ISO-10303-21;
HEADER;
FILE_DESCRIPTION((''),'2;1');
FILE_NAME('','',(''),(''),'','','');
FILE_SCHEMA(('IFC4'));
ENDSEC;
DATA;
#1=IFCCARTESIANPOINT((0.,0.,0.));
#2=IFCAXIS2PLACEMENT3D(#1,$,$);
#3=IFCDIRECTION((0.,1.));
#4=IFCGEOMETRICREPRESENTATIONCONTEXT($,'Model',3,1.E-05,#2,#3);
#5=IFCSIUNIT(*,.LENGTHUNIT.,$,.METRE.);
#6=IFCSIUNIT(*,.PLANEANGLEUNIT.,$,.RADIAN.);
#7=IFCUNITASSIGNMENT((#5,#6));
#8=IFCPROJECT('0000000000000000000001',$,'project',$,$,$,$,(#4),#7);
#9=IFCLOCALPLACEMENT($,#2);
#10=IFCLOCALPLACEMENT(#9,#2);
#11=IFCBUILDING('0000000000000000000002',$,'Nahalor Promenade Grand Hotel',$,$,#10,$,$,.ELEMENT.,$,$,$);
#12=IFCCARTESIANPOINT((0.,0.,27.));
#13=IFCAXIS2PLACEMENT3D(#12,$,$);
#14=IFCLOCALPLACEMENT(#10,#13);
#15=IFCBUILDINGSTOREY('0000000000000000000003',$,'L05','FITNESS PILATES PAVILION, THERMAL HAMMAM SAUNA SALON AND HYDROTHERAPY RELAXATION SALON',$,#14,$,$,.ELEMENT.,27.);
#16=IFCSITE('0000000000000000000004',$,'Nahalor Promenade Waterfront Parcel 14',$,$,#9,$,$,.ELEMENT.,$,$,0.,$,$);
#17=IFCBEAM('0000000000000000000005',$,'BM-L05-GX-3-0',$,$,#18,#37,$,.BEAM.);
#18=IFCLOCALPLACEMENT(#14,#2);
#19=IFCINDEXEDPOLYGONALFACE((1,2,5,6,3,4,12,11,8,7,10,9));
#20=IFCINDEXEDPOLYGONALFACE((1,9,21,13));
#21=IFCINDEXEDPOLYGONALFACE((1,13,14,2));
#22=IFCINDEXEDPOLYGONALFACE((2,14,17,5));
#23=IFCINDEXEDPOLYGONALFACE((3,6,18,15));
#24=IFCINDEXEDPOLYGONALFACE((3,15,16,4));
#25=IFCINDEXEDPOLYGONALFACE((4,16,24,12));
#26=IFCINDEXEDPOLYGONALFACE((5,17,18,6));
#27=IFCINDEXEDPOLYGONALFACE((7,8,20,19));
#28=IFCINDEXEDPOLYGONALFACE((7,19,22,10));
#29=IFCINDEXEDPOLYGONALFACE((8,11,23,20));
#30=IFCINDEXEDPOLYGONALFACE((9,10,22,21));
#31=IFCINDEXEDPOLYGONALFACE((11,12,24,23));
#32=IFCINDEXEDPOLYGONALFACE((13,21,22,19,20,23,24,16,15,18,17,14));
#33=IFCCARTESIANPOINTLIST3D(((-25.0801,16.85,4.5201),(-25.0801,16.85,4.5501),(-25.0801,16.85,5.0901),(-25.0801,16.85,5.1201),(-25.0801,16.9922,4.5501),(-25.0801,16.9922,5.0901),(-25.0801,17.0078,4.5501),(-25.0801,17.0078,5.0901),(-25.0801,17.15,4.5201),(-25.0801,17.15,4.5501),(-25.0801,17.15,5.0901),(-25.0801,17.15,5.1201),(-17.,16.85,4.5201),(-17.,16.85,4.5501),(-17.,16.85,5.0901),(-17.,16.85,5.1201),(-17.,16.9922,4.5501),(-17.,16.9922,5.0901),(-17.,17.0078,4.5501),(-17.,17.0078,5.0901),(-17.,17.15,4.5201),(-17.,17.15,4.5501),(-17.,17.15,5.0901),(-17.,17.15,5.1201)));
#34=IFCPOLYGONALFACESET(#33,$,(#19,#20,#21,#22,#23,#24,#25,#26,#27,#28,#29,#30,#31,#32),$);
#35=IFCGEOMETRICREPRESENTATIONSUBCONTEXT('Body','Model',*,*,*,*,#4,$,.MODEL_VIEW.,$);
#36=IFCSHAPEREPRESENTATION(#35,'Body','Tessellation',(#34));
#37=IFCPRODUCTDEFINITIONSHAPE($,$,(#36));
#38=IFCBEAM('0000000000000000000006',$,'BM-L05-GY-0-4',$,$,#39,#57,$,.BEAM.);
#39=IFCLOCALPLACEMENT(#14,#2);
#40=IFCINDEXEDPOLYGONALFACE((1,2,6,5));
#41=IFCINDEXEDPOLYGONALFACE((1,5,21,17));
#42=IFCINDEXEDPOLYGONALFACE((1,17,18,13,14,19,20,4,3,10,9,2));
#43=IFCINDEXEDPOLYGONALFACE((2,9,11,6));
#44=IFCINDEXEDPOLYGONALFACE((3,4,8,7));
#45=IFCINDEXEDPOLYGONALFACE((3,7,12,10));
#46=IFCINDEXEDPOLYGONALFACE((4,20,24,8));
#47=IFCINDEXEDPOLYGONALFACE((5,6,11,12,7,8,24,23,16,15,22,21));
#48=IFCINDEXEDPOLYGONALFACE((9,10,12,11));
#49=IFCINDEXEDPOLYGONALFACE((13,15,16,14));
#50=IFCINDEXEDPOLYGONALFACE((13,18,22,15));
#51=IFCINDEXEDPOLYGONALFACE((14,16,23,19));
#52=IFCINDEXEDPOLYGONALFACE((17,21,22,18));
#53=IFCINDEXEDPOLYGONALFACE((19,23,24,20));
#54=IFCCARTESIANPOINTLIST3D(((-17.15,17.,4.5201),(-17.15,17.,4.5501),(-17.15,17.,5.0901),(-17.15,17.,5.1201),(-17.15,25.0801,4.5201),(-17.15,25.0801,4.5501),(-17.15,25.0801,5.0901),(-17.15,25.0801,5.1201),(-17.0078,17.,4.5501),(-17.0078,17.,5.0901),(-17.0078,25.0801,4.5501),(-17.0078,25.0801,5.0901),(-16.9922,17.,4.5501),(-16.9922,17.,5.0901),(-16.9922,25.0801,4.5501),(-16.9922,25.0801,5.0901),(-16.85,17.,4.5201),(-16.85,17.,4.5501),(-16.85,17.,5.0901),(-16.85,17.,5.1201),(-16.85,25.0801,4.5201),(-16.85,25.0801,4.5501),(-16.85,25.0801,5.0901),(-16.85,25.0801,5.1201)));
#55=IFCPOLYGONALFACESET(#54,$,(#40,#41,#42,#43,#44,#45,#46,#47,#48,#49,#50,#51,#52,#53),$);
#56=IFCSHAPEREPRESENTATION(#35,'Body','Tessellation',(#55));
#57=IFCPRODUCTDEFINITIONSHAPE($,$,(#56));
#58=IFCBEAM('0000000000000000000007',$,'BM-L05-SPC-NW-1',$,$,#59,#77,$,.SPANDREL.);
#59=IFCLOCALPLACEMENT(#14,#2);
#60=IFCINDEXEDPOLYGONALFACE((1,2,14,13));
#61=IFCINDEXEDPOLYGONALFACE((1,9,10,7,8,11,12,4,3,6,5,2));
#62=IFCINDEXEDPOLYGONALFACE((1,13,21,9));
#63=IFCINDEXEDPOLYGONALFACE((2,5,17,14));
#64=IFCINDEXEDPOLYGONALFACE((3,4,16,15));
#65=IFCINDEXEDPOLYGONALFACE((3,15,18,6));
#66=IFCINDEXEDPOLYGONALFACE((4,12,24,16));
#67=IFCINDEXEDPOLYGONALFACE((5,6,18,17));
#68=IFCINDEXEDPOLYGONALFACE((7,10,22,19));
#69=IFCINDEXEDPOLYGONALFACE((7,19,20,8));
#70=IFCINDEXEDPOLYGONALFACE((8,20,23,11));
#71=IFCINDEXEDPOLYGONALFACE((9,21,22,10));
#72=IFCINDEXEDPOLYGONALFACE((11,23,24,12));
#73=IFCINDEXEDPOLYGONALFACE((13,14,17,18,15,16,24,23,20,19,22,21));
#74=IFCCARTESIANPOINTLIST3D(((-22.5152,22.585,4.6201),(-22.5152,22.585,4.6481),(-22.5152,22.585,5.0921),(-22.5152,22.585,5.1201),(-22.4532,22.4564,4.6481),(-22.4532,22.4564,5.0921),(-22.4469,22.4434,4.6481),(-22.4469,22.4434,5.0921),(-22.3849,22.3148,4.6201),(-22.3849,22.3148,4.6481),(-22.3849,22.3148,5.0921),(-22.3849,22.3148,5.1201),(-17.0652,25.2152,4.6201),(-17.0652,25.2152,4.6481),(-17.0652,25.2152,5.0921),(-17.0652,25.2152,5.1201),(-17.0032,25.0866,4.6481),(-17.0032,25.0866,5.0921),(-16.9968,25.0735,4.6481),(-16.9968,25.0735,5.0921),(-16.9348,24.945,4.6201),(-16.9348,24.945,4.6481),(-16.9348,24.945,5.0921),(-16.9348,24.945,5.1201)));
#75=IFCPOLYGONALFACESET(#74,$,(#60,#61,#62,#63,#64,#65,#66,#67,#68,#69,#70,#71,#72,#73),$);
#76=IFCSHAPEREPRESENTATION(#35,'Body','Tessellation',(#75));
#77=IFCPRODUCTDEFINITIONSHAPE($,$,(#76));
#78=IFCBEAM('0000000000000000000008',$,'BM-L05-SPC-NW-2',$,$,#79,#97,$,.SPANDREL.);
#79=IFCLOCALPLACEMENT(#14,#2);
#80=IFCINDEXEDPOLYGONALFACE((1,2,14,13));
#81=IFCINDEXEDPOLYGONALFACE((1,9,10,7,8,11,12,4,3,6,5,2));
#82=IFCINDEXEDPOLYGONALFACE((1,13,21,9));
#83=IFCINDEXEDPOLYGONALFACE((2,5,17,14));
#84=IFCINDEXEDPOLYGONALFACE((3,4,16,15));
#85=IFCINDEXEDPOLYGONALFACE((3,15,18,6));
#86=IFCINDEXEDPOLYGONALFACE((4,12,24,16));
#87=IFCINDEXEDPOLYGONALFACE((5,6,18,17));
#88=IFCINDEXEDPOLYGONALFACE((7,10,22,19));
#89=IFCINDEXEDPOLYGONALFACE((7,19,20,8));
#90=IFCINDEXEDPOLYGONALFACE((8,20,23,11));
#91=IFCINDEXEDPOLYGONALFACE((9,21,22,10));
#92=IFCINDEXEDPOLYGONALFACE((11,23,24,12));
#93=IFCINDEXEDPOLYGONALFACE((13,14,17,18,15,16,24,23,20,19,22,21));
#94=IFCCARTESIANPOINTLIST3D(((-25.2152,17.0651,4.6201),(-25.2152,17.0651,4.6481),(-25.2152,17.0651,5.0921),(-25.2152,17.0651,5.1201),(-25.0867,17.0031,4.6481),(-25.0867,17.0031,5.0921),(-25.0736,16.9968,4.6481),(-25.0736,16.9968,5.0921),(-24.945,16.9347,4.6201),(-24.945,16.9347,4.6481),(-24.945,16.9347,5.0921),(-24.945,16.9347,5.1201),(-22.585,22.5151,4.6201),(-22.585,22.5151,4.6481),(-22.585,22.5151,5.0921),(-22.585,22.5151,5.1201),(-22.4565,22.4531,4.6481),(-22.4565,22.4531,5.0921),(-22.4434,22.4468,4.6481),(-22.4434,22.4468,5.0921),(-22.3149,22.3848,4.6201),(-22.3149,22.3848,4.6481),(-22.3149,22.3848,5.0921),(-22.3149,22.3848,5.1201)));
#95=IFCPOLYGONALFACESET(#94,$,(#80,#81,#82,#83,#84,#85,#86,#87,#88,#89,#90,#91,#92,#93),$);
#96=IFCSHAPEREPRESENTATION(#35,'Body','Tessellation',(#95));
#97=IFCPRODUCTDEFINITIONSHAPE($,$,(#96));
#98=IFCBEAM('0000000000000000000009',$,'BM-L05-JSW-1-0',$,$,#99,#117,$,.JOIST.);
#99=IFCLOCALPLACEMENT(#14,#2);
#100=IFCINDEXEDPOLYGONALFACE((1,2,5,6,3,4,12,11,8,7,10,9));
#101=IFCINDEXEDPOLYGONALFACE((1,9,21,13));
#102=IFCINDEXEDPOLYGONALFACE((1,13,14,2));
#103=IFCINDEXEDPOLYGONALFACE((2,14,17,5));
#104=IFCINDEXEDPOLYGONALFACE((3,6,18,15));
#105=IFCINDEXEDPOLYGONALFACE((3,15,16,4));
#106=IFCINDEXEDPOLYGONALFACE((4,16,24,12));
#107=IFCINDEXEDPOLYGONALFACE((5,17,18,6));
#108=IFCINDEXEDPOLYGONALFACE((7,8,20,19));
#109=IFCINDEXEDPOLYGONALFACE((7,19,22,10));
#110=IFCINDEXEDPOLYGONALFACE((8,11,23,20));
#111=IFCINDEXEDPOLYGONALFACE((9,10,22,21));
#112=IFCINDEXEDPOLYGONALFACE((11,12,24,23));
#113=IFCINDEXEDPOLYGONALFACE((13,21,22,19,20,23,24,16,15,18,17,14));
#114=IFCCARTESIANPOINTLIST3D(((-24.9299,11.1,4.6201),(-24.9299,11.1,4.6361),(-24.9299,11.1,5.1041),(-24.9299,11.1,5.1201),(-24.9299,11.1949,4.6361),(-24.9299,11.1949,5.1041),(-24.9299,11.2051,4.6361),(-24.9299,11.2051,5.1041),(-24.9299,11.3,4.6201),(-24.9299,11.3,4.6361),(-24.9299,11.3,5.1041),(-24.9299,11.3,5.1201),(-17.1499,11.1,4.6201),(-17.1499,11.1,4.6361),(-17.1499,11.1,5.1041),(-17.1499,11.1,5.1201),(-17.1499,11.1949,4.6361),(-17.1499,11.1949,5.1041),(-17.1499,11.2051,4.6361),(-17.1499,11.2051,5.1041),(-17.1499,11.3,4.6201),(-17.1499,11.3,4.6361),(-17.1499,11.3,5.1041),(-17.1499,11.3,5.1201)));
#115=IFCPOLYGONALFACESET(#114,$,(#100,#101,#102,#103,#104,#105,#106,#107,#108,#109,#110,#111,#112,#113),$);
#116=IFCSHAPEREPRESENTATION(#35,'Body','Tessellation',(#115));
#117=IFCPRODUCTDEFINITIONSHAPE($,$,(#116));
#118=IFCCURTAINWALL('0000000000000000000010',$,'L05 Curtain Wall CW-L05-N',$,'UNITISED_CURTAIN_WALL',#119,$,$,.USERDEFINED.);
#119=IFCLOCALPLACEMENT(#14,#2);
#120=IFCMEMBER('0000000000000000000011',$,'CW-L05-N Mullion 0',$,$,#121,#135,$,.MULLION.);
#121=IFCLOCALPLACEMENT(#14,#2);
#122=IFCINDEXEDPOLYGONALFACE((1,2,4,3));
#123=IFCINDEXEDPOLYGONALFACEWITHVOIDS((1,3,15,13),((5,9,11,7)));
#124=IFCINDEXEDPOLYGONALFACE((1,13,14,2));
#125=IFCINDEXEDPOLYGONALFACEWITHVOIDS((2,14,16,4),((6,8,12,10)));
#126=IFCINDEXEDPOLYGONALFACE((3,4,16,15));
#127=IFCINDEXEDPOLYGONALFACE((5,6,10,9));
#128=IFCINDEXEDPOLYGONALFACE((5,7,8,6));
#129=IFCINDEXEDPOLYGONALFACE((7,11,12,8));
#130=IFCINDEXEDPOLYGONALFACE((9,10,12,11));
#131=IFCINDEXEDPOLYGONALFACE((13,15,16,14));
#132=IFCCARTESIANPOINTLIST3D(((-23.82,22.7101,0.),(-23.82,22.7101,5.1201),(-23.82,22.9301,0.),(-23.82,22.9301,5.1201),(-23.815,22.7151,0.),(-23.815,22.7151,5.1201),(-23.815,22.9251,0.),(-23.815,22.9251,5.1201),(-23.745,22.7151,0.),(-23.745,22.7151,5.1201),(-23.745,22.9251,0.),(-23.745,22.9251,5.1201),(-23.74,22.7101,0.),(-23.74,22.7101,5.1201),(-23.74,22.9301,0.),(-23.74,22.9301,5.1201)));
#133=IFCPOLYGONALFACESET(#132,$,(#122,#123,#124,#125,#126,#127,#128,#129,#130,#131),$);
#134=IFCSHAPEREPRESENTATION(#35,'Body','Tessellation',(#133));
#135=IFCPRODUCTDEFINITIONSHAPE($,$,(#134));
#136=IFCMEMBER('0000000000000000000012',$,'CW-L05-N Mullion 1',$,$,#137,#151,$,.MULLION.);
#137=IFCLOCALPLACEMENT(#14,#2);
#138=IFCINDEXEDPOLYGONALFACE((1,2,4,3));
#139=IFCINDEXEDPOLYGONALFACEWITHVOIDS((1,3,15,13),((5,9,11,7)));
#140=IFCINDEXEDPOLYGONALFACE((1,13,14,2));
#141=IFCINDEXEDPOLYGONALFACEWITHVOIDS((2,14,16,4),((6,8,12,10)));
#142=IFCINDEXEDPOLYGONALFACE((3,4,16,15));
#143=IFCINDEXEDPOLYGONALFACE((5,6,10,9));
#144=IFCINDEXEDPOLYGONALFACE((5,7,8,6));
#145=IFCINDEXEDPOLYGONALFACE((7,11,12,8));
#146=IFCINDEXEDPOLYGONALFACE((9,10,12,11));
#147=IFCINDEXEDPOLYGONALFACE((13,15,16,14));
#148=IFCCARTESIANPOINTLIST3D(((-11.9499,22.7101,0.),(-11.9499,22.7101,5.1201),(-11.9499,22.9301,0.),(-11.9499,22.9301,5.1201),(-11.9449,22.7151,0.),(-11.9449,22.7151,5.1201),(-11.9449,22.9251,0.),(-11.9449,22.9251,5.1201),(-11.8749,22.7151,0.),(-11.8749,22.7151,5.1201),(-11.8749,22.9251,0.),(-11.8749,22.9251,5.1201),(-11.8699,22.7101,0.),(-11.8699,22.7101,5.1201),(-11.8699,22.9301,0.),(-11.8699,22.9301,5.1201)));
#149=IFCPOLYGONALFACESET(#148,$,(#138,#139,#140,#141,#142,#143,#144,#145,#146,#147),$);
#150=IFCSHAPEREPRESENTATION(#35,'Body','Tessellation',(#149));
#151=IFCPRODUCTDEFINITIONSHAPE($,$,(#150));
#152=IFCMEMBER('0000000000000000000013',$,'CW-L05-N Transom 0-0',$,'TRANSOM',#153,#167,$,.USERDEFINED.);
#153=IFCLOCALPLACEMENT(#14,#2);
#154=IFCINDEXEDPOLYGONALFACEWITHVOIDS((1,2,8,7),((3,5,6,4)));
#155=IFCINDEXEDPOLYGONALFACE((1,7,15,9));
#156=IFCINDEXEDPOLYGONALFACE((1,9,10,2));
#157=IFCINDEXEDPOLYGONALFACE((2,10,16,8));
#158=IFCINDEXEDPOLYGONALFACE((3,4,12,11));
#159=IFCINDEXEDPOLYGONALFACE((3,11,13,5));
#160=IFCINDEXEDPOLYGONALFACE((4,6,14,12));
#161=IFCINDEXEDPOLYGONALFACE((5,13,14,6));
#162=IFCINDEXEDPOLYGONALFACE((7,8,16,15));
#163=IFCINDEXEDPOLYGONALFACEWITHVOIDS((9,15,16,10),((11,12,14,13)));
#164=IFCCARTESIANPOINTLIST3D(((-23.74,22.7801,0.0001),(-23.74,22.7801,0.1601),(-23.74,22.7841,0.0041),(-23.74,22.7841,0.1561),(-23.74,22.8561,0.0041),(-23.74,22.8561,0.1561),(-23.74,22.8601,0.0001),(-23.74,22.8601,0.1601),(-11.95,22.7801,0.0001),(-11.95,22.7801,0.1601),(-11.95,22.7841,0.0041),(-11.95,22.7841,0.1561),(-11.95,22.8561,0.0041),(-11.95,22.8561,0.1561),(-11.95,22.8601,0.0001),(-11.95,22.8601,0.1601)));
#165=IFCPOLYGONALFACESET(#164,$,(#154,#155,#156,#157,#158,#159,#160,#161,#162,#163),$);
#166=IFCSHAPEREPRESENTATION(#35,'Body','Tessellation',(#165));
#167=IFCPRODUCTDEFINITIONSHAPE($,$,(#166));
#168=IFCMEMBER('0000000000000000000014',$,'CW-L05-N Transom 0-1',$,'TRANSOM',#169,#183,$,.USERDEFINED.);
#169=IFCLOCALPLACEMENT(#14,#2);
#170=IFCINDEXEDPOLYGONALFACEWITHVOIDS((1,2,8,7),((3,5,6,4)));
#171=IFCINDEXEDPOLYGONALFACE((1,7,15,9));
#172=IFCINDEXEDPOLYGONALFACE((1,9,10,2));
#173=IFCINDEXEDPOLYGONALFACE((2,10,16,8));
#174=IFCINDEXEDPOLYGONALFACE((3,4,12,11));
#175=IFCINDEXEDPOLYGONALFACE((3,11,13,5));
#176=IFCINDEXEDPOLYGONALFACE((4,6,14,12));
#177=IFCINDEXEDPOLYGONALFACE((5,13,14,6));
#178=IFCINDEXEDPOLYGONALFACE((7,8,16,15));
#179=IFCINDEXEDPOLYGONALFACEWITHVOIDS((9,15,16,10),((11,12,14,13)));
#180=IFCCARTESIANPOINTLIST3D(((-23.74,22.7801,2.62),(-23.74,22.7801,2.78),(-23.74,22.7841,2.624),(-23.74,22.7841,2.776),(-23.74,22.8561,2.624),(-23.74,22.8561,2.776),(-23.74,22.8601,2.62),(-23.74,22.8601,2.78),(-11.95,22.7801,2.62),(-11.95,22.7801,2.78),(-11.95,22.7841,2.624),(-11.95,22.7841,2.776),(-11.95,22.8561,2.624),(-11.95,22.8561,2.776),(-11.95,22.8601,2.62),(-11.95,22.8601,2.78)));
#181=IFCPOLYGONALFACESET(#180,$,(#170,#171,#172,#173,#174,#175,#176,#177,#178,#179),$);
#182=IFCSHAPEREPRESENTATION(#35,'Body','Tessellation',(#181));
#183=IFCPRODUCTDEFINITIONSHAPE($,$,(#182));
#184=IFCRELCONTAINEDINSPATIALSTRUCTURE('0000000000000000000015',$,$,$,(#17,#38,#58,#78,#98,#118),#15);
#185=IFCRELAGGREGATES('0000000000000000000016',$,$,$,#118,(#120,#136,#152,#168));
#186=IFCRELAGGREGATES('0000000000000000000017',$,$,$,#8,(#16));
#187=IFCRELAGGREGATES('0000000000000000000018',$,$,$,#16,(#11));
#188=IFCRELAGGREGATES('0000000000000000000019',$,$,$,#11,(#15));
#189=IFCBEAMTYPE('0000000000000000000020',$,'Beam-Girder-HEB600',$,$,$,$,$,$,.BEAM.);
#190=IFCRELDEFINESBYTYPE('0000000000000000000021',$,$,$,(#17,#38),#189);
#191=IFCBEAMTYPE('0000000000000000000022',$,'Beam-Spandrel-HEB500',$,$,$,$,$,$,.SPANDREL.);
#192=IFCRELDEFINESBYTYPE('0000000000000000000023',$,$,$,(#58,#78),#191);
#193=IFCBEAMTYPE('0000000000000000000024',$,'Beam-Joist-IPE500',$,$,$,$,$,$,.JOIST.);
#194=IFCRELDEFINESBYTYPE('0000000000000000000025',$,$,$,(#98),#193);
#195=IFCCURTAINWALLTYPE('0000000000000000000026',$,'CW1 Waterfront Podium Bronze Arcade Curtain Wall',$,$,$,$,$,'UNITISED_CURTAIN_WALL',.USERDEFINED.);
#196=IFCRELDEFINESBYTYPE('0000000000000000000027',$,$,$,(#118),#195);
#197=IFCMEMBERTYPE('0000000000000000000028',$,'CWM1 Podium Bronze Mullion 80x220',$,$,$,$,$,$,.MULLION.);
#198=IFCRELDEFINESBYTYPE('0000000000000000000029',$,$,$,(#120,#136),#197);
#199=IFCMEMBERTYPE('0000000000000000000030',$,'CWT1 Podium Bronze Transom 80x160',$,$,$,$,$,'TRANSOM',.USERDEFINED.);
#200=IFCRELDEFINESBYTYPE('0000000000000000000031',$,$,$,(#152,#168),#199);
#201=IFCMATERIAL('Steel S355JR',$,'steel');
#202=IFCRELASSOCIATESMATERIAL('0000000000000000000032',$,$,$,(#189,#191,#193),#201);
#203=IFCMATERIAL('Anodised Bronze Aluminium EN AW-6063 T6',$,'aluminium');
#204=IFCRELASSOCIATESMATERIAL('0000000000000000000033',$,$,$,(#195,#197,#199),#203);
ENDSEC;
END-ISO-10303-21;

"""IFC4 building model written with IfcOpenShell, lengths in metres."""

from ifc_helpers import new_model, si_unit, direction, frame, origin, origin_2d, place, context, subcontext, project, spatial, hollow_rectangle, i_section, extrude, source, transform, mapped, material, material_profile, profile_set, type_object, element, aggregate, save


model = new_model("IFC4")

# Units and contexts
model_context = context("Model", 3, precision=1e-05, world=origin(), true_north=direction((0.0, 1.0)))
body_context = subcontext(model_context, "Body", "Model", "MODEL_VIEW")
ifc_project = project(units=[si_unit("LENGTHUNIT", "METRE"), si_unit("PLANEANGLEUNIT", "RADIAN")], contexts=[model_context])

# Site, building, storey
site_placement = place(None, origin())
site = spatial("IfcSite", under=ifc_project, at=site_placement, Name="Nahalor Promenade Waterfront Parcel 14", CompositionType="ELEMENT", RefElevation=0.0)
building_placement = place(site_placement, origin())
building = spatial("IfcBuilding", under=site, at=building_placement, Name="Nahalor Promenade Grand Hotel", CompositionType="ELEMENT")
storey_placement = place(building_placement, frame((0.0, 0.0, 27.0)))
storey = spatial("IfcBuildingStorey", under=building, at=storey_placement, Name="L05", Description="FITNESS PILATES PAVILION, THERMAL HAMMAM SAUNA SALON AND HYDROTHERAPY RELAXATION SALON", CompositionType="ELEMENT", Elevation=27.0)

# Beams
ifc_material_1 = material(Name="Steel S355JR", Category="steel")
ifc_material_profile_1 = material_profile(ifc_material_1, i_section(OverallWidth=0.3, OverallDepth=0.6, WebThickness=0.0155, FlangeThickness=0.03, at=origin_2d()), Name="HEB 600")
ifc_profile_set_1 = profile_set([ifc_material_profile_1], Name="Steel S355JR")
beam_type_1 = type_object("IfcBeamType", Name="Beam-Girder-HEB600", PredefinedType="BEAM", material=ifc_profile_set_1)
ifc_material_profile_2 = material_profile(ifc_material_1, i_section(OverallWidth=0.3, OverallDepth=0.5, WebThickness=0.0145, FlangeThickness=0.028, at=origin_2d()), Name="HEB 500")
ifc_profile_set_2 = profile_set([ifc_material_profile_2], Name="Steel S355JR")
beam_type_2 = type_object("IfcBeamType", Name="Beam-Spandrel-HEB500", PredefinedType="SPANDREL", material=ifc_profile_set_2)
ifc_material_profile_3 = material_profile(ifc_material_1, i_section(OverallWidth=0.2, OverallDepth=0.5, WebThickness=0.0102, FlangeThickness=0.016, at=origin_2d()), Name="IPE 500")
ifc_profile_set_3 = profile_set([ifc_material_profile_3], Name="Steel S355JR")
beam_type_3 = type_object("IfcBeamType", Name="Beam-Joist-IPE500", PredefinedType="JOIST", material=ifc_profile_set_3)
shared_shape_1 = source(origin(), body_context, "Body", "SweptSolid", [
    extrude(i_section(OverallWidth=0.3, OverallDepth=0.6, WebThickness=0.0155, FlangeThickness=0.03, at=origin_2d()), origin(), (0.0, 0.0, 1.0), 8.0801),
])
for number, where, z_axis, x_axis, name in (
    (1, (-25.0801, 17.0, 4.8201), (1.0, 0.0, 0.0), (0.0, 1.0, 0.0), "BM-L05-GX-3-0"),
    (2, (-17.0, 17.0, 4.8201), (0.0, 1.0, 0.0), (-1.0, 0.0, 0.0), "BM-L05-GY-0-4"),
):
    element("IfcBeam", number, at=place(storey_placement, frame(where, z_axis=z_axis, x_axis=x_axis)), inside=storey, type_object=beam_type_1, Name=name, PredefinedType="BEAM", context=body_context, shape_type="MappedRepresentation", body=[
        mapped(shared_shape_1, transform((0.0, 0.0, 0.0), scale=1.0)),
    ])
shared_shape_2 = source(origin(), body_context, "Body", "SweptSolid", [
    extrude(i_section(OverallWidth=0.3, OverallDepth=0.5, WebThickness=0.0145, FlangeThickness=0.028, at=origin_2d()), origin(), (0.0, 0.0, 1.0), 6.0515),
])
for number, where, z_axis, x_axis, name in (
    (3, (-17.0, 25.0801, 4.8701), (-0.900609, -0.434631, 0.0), (0.434631, -0.900609, 0.0), "BM-L05-SPC-NW-1"),
    (4, (-22.45, 22.45, 4.8701), (-0.434631, -0.900609, 0.0), (0.900609, -0.434631, 0.0), "BM-L05-SPC-NW-2"),
):
    element("IfcBeam", number, at=place(storey_placement, frame(where, z_axis=z_axis, x_axis=x_axis)), inside=storey, type_object=beam_type_2, Name=name, PredefinedType="SPANDREL", context=body_context, shape_type="MappedRepresentation", body=[
        mapped(shared_shape_2, transform((0.0, 0.0, 0.0), scale=1.0)),
    ])
shared_shape_3 = source(origin(), body_context, "Body", "SweptSolid", [
    extrude(i_section(OverallWidth=0.2, OverallDepth=0.5, WebThickness=0.0102, FlangeThickness=0.016, at=origin_2d()), origin(), (0.0, 0.0, 1.0), 7.78),
])
beam_1_placement = place(storey_placement, frame((-24.9299, 11.2, 4.8701), z_axis=(1.0, 0.0, 0.0), x_axis=(0.0, 1.0, 0.0)))
element("IfcBeam", 5, at=beam_1_placement, inside=storey, type_object=beam_type_3, Name="BM-L05-JSW-1-0", PredefinedType="JOIST", context=body_context, shape_type="MappedRepresentation", body=[
    mapped(shared_shape_3, transform((0.0, 0.0, 0.0), scale=1.0)),
])

# Curtain wall, members
ifc_material_2 = material(Name="Anodised Bronze Aluminium EN AW-6063 T6", Category="aluminium")
curtain_wall_type = type_object("IfcCurtainWallType", Name="CW1 Waterfront Podium Bronze Arcade Curtain Wall", ElementType="UNITISED_CURTAIN_WALL", PredefinedType="USERDEFINED", material=ifc_material_2)
curtain_wall_placement = place(storey_placement, origin())
curtain_wall = element("IfcCurtainWall", 6, at=curtain_wall_placement, inside=storey, type_object=curtain_wall_type, Name="L05 Curtain Wall CW-L05-N", ObjectType="UNITISED_CURTAIN_WALL", PredefinedType="USERDEFINED")
ifc_material_profile_4 = material_profile(ifc_material_2, hollow_rectangle(XDim=0.08, YDim=0.22, WallThickness=0.005, at=origin_2d()), Name="CWM 80x220x5")
ifc_profile_set_4 = profile_set([ifc_material_profile_4], Name="Anodised Bronze Aluminium EN AW-6063 T6")
member_type_1 = type_object("IfcMemberType", Name="CWM1 Podium Bronze Mullion 80x220", PredefinedType="MULLION", material=ifc_profile_set_4)
shared_shape_4 = source(origin(), body_context, "Body", "SweptSolid", [
    extrude(hollow_rectangle(XDim=0.08, YDim=0.22, WallThickness=0.005, at=origin_2d()), origin(), (0.0, 0.0, 1.0), 5.1201),
])
member_1_placement = place(storey_placement, frame((-23.78, 22.8201, 0.0), z_axis=(0.0, 0.0, 1.0), x_axis=(1.0, 0.0, 0.0)))
member_1 = element("IfcMember", 7, at=member_1_placement, type_object=member_type_1, Name="CW-L05-N Mullion 0", PredefinedType="MULLION", context=body_context, shape_type="MappedRepresentation", body=[
    mapped(shared_shape_4, transform((0.0, 0.0, 0.0), scale=1.0)),
])
member_2_placement = place(storey_placement, frame((-11.9099, 22.8201, 0.0), z_axis=(0.0, 0.0, 1.0), x_axis=(1.0, 0.0, 0.0)))
member_2 = element("IfcMember", 8, at=member_2_placement, type_object=member_type_1, Name="CW-L05-N Mullion 1", PredefinedType="MULLION", context=body_context, shape_type="MappedRepresentation", body=[
    mapped(shared_shape_4, transform((0.0, 0.0, 0.0), scale=1.0)),
])
ifc_material_profile_5 = material_profile(ifc_material_2, hollow_rectangle(XDim=0.08, YDim=0.16, WallThickness=0.004, at=origin_2d()), Name="CWT 80x160x4")
ifc_profile_set_5 = profile_set([ifc_material_profile_5], Name="Anodised Bronze Aluminium EN AW-6063 T6")
member_type_2 = type_object("IfcMemberType", Name="CWT1 Podium Bronze Transom 80x160", ElementType="TRANSOM", PredefinedType="USERDEFINED", material=ifc_profile_set_5)
shared_shape_5 = source(origin(), body_context, "Body", "SweptSolid", [
    extrude(hollow_rectangle(XDim=0.08, YDim=0.16, WallThickness=0.004, at=origin_2d()), origin(), (0.0, 0.0, 1.0), 11.79),
])
member_3_placement = place(storey_placement, frame((-23.74, 22.8201, 0.0801), z_axis=(1.0, 0.0, 0.0), x_axis=(0.0, 1.0, 0.0)))
member_3 = element("IfcMember", 9, at=member_3_placement, type_object=member_type_2, Name="CW-L05-N Transom 0-0", ObjectType="TRANSOM", PredefinedType="USERDEFINED", context=body_context, shape_type="MappedRepresentation", body=[
    mapped(shared_shape_5, transform((0.0, 0.0, 0.0), scale=1.0)),
])
member_4_placement = place(storey_placement, frame((-23.74, 22.8201, 2.7), z_axis=(1.0, 0.0, 0.0), x_axis=(0.0, 1.0, 0.0)))
member_4 = element("IfcMember", 10, at=member_4_placement, type_object=member_type_2, Name="CW-L05-N Transom 0-1", ObjectType="TRANSOM", PredefinedType="USERDEFINED", context=body_context, shape_type="MappedRepresentation", body=[
    mapped(shared_shape_5, transform((0.0, 0.0, 0.0), scale=1.0)),
])
aggregate(curtain_wall, [member_1, member_2, member_3, member_4])

save(model, "model.ifc")
